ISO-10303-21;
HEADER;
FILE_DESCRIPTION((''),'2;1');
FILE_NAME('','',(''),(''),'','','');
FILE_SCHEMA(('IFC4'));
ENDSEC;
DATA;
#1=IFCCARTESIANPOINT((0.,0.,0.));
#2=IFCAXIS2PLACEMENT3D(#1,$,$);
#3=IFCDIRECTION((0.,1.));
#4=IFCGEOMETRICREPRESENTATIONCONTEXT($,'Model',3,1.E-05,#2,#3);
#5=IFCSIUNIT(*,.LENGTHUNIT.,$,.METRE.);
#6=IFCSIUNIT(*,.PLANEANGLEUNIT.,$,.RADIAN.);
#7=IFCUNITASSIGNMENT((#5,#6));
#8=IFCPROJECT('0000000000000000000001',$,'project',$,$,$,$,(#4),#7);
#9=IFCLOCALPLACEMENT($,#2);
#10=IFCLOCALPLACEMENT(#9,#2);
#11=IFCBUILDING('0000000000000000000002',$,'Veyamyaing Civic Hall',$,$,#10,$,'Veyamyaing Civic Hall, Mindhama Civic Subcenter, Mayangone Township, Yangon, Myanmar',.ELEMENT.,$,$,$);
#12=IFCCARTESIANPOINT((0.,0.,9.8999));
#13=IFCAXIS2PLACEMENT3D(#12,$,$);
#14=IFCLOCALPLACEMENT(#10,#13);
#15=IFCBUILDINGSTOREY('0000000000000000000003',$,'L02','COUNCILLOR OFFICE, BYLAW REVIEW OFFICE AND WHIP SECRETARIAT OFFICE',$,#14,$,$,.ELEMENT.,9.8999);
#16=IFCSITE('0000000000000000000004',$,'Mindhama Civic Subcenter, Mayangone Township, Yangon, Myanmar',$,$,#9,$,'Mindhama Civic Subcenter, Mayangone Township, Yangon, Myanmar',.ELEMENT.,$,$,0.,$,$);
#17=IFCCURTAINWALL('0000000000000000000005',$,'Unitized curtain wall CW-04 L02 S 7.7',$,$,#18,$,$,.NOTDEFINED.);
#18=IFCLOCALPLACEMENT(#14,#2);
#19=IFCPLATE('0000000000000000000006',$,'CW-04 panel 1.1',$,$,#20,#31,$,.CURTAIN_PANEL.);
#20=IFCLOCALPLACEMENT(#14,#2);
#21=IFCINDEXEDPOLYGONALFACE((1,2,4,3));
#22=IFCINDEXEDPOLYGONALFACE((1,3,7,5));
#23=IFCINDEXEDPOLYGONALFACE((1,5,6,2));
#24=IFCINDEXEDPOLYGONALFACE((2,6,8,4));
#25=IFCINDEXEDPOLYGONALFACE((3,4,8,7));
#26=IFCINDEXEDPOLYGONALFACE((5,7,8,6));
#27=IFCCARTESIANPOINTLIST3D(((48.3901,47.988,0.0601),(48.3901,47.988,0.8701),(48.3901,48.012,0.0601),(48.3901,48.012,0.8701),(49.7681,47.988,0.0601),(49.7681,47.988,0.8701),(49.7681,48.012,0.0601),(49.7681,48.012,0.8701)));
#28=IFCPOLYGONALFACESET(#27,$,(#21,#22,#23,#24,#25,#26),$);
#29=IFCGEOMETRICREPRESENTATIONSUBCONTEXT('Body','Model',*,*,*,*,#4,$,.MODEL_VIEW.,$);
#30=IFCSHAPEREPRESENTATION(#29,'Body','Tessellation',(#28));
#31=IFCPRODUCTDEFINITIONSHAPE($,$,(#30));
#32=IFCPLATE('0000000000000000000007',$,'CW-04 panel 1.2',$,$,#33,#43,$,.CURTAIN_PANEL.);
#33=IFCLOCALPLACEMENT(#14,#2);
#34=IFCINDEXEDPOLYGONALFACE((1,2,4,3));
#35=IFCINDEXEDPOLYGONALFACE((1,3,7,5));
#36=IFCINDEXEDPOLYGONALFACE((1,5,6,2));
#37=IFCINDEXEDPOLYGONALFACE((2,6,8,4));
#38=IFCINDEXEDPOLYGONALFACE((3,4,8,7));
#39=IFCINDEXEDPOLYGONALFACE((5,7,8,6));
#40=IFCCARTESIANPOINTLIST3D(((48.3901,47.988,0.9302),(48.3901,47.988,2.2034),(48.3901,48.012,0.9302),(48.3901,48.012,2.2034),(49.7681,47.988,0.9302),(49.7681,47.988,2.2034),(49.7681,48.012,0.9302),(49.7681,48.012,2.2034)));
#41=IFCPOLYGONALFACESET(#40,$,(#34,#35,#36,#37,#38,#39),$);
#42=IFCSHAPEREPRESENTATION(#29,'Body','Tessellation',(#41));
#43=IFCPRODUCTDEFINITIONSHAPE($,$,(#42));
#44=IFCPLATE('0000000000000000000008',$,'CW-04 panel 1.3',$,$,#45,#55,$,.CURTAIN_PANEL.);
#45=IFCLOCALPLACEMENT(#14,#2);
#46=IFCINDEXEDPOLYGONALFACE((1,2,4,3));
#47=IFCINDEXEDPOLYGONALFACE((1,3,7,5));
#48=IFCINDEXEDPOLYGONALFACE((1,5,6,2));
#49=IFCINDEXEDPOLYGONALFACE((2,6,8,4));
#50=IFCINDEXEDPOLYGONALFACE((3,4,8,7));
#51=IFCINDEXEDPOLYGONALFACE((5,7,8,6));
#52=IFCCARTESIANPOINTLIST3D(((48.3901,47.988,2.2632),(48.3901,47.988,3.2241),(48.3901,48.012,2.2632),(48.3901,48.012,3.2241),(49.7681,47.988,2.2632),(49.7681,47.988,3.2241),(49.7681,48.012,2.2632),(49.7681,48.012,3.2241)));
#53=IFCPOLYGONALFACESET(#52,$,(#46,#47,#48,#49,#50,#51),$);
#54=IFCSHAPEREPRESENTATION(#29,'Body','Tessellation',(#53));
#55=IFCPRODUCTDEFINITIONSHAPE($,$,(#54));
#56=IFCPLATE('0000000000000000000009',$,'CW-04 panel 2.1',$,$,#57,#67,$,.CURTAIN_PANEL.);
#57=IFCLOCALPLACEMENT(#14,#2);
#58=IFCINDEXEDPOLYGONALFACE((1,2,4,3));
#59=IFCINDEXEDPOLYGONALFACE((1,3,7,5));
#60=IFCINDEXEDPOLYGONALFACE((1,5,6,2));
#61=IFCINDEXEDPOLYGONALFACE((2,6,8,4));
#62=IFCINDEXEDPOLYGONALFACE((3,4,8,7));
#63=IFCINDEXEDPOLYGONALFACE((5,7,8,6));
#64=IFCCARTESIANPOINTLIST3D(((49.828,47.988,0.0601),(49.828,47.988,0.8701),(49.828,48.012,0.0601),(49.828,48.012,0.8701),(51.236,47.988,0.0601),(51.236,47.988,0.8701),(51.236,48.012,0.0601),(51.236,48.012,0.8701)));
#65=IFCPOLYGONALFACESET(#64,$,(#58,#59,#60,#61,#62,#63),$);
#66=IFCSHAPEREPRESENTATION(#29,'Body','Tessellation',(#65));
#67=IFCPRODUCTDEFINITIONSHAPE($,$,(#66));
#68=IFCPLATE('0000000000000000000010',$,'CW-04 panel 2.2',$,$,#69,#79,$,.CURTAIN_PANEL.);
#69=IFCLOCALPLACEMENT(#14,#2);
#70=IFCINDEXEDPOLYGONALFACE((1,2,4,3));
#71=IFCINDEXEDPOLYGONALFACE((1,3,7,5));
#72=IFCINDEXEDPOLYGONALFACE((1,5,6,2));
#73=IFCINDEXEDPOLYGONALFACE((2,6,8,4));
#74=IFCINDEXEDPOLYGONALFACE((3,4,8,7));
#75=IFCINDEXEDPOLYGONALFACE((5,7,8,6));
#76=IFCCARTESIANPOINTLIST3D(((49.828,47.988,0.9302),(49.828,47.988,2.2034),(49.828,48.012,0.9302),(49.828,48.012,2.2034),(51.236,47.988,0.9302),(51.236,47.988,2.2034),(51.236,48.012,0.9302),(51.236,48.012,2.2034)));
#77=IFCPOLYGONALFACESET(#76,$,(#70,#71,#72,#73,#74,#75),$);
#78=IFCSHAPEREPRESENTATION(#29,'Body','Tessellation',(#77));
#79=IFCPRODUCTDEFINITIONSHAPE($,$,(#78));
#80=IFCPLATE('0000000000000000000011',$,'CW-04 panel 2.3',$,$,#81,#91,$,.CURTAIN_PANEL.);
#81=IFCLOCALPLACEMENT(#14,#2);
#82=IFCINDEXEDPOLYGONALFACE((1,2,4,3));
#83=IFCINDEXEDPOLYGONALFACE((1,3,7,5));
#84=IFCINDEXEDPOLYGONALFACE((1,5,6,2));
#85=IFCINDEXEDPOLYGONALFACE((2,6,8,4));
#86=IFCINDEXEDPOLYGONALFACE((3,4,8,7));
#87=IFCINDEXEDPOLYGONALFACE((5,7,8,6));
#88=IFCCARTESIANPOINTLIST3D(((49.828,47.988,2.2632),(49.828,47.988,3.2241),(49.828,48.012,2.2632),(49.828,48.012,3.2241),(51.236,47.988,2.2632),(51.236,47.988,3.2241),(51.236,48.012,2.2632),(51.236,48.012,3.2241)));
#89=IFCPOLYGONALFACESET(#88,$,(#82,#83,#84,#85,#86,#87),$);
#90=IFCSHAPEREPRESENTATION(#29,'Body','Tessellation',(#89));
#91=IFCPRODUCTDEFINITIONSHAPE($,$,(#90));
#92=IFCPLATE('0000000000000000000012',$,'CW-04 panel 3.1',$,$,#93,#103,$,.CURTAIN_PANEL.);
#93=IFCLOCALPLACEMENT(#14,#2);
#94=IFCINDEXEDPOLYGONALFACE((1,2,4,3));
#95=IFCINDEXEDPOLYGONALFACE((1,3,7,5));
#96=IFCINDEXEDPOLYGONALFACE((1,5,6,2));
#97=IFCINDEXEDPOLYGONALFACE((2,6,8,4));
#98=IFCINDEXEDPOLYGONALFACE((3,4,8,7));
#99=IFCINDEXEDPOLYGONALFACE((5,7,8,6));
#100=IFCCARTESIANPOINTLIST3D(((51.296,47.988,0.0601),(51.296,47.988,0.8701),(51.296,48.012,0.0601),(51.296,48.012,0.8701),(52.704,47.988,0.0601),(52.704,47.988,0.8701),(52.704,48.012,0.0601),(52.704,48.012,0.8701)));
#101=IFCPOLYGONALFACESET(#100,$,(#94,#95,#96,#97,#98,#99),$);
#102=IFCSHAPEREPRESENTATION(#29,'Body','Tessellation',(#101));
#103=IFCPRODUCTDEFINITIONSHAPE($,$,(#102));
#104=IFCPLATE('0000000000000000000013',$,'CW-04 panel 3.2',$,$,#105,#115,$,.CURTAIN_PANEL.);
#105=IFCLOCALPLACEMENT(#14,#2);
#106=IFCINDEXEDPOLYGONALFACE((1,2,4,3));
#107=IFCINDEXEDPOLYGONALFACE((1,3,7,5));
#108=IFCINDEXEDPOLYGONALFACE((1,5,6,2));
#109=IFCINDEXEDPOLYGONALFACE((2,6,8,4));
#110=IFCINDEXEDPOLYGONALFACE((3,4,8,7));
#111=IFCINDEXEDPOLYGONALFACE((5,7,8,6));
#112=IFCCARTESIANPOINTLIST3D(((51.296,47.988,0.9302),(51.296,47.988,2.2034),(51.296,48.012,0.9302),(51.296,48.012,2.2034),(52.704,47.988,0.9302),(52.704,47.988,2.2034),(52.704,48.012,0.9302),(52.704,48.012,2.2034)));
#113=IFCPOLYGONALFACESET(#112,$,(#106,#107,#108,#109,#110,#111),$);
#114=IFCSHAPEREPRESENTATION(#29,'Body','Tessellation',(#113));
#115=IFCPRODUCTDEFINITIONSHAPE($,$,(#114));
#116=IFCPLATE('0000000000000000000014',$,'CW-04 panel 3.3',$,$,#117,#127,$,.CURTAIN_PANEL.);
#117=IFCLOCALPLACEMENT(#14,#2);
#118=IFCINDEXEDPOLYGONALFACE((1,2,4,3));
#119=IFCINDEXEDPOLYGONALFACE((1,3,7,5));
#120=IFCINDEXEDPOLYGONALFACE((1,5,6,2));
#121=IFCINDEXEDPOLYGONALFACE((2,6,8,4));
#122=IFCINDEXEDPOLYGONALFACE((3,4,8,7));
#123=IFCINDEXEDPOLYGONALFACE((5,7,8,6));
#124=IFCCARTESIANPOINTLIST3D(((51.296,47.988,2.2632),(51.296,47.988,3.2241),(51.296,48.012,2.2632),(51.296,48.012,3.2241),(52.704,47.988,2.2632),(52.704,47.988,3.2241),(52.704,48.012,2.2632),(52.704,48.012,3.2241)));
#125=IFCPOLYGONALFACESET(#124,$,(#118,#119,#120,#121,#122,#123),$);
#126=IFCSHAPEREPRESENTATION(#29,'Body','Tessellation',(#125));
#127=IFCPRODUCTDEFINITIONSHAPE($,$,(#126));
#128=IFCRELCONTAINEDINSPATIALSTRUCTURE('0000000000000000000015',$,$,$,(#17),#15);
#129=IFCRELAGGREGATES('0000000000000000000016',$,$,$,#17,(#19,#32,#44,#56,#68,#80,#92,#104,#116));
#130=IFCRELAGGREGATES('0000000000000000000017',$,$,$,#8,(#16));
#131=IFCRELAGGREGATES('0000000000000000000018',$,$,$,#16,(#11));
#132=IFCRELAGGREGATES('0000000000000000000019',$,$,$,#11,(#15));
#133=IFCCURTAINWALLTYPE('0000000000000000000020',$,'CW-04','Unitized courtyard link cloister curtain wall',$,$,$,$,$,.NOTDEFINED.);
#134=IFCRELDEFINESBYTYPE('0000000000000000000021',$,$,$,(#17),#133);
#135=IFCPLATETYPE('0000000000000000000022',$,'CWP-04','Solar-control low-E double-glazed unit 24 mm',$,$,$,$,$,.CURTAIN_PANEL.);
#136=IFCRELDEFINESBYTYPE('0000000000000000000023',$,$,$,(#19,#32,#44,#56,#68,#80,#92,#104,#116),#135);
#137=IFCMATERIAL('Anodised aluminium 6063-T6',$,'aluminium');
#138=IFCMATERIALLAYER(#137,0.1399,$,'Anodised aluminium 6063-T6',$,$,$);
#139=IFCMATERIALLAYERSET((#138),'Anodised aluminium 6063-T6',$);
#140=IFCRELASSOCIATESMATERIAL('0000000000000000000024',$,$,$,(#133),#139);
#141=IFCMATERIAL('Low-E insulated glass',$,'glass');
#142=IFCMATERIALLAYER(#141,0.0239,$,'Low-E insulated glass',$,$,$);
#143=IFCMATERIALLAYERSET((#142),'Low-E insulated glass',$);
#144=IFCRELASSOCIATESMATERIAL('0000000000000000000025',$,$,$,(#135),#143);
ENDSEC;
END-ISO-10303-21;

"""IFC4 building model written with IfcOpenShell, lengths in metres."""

from ifc_helpers import new_model, si_unit, direction, frame, origin, origin_2d, place, context, subcontext, project, spatial, rectangle, extrude, material, layer, layer_set, type_object, element, aggregate, save


model = new_model("IFC4")

# Units and contexts
model_context = context("Model", 3, precision=1e-05, world=origin(), true_north=direction((0.0, 1.0)))
body_context = subcontext(model_context, "Body", "Model", "MODEL_VIEW")
ifc_project = project(units=[si_unit("LENGTHUNIT", "METRE"), si_unit("PLANEANGLEUNIT", "RADIAN")], contexts=[model_context])

# Site, building, storey
site_placement = place(None, origin())
site = spatial("IfcSite", under=ifc_project, at=site_placement, Name="Mindhama Civic Subcenter, Mayangone Township, Yangon, Myanmar", LongName="Mindhama Civic Subcenter, Mayangone Township, Yangon, Myanmar", CompositionType="ELEMENT", RefElevation=0.0)
building_placement = place(site_placement, origin())
building = spatial("IfcBuilding", under=site, at=building_placement, Name="Veyamyaing Civic Hall", LongName="Veyamyaing Civic Hall, Mindhama Civic Subcenter, Mayangone Township, Yangon, Myanmar", CompositionType="ELEMENT")
storey_placement = place(building_placement, frame((0.0, 0.0, 9.8999)))
storey = spatial("IfcBuildingStorey", under=building, at=storey_placement, Name="L02", Description="COUNCILLOR OFFICE, BYLAW REVIEW OFFICE AND WHIP SECRETARIAT OFFICE", CompositionType="ELEMENT", Elevation=9.8999)

# Curtain wall, plates
ifc_material_1 = material(Name="Anodised aluminium 6063-T6", Category="aluminium")
ifc_layer_1 = layer(ifc_material_1, 0.1399, Name="Anodised aluminium 6063-T6")
ifc_layer_set_1 = layer_set([ifc_layer_1], Name="Anodised aluminium 6063-T6")
curtain_wall_type = type_object("IfcCurtainWallType", Name="CW-04", Description="Unitized courtyard link cloister curtain wall", PredefinedType="NOTDEFINED", material=ifc_layer_set_1)
curtain_wall_placement = place(storey_placement, origin())
curtain_wall = element("IfcCurtainWall", 1, at=curtain_wall_placement, inside=storey, type_object=curtain_wall_type, Name="Unitized curtain wall CW-04 L02 S 7.7", PredefinedType="NOTDEFINED")
ifc_material_2 = material(Name="Low-E insulated glass", Category="glass")
ifc_layer_2 = layer(ifc_material_2, 0.0239, Name="Low-E insulated glass")
ifc_layer_set_2 = layer_set([ifc_layer_2], Name="Low-E insulated glass")
plate_type = type_object("IfcPlateType", Name="CWP-04", Description="Solar-control low-E double-glazed unit 24 mm", PredefinedType="CURTAIN_PANEL", material=ifc_layer_set_2)
plate_1_placement = place(storey_placement, frame((49.0791, 48.0, 0.0601), z_axis=(0.0, 0.0, 1.0), x_axis=(1.0, 0.0, 0.0)))
plate_1 = element("IfcPlate", 2, at=plate_1_placement, type_object=plate_type, Name="CW-04 panel 1.1", PredefinedType="CURTAIN_PANEL", context=body_context, shape_type="SweptSolid", body=[
    extrude(rectangle(XDim=1.3779, YDim=0.0239, at=origin_2d()), origin(), (0.0, 0.0, 1.0), 0.8101),
])
plate_2_placement = place(storey_placement, frame((49.0791, 48.0, 0.9302), z_axis=(0.0, 0.0, 1.0), x_axis=(1.0, 0.0, 0.0)))
plate_2 = element("IfcPlate", 3, at=plate_2_placement, type_object=plate_type, Name="CW-04 panel 1.2", PredefinedType="CURTAIN_PANEL", context=body_context, shape_type="SweptSolid", body=[
    extrude(rectangle(XDim=1.3779, YDim=0.0239, at=origin_2d()), origin(), (0.0, 0.0, 1.0), 1.2732),
])
plate_3_placement = place(storey_placement, frame((49.0791, 48.0, 2.2632), z_axis=(0.0, 0.0, 1.0), x_axis=(1.0, 0.0, 0.0)))
plate_3 = element("IfcPlate", 4, at=plate_3_placement, type_object=plate_type, Name="CW-04 panel 1.3", PredefinedType="CURTAIN_PANEL", context=body_context, shape_type="SweptSolid", body=[
    extrude(rectangle(XDim=1.3779, YDim=0.0239, at=origin_2d()), origin(), (0.0, 0.0, 1.0), 0.9609),
])
plate_4_placement = place(storey_placement, frame((50.532, 48.0, 0.0601), z_axis=(0.0, 0.0, 1.0), x_axis=(1.0, 0.0, 0.0)))
plate_4 = element("IfcPlate", 5, at=plate_4_placement, type_object=plate_type, Name="CW-04 panel 2.1", PredefinedType="CURTAIN_PANEL", context=body_context, shape_type="SweptSolid", body=[
    extrude(rectangle(XDim=1.408, YDim=0.0239, at=origin_2d()), origin(), (0.0, 0.0, 1.0), 0.8101),
])
plate_5_placement = place(storey_placement, frame((50.532, 48.0, 0.9302), z_axis=(0.0, 0.0, 1.0), x_axis=(1.0, 0.0, 0.0)))
plate_5 = element("IfcPlate", 6, at=plate_5_placement, type_object=plate_type, Name="CW-04 panel 2.2", PredefinedType="CURTAIN_PANEL", context=body_context, shape_type="SweptSolid", body=[
    extrude(rectangle(XDim=1.408, YDim=0.0239, at=origin_2d()), origin(), (0.0, 0.0, 1.0), 1.2732),
])
plate_6_placement = place(storey_placement, frame((50.532, 48.0, 2.2632), z_axis=(0.0, 0.0, 1.0), x_axis=(1.0, 0.0, 0.0)))
plate_6 = element("IfcPlate", 7, at=plate_6_placement, type_object=plate_type, Name="CW-04 panel 2.3", PredefinedType="CURTAIN_PANEL", context=body_context, shape_type="SweptSolid", body=[
    extrude(rectangle(XDim=1.408, YDim=0.0239, at=origin_2d()), origin(), (0.0, 0.0, 1.0), 0.9609),
])
plate_7_placement = place(storey_placement, frame((52.0, 48.0, 0.0601), z_axis=(0.0, 0.0, 1.0), x_axis=(1.0, 0.0, 0.0)))
plate_7 = element("IfcPlate", 8, at=plate_7_placement, type_object=plate_type, Name="CW-04 panel 3.1", PredefinedType="CURTAIN_PANEL", context=body_context, shape_type="SweptSolid", body=[
    extrude(rectangle(XDim=1.408, YDim=0.0239, at=origin_2d()), origin(), (0.0, 0.0, 1.0), 0.8101),
])
plate_8_placement = place(storey_placement, frame((52.0, 48.0, 0.9302), z_axis=(0.0, 0.0, 1.0), x_axis=(1.0, 0.0, 0.0)))
plate_8 = element("IfcPlate", 9, at=plate_8_placement, type_object=plate_type, Name="CW-04 panel 3.2", PredefinedType="CURTAIN_PANEL", context=body_context, shape_type="SweptSolid", body=[
    extrude(rectangle(XDim=1.408, YDim=0.0239, at=origin_2d()), origin(), (0.0, 0.0, 1.0), 1.2732),
])
plate_9_placement = place(storey_placement, frame((52.0, 48.0, 2.2632), z_axis=(0.0, 0.0, 1.0), x_axis=(1.0, 0.0, 0.0)))
plate_9 = element("IfcPlate", 10, at=plate_9_placement, type_object=plate_type, Name="CW-04 panel 3.3", PredefinedType="CURTAIN_PANEL", context=body_context, shape_type="SweptSolid", body=[
    extrude(rectangle(XDim=1.408, YDim=0.0239, at=origin_2d()), origin(), (0.0, 0.0, 1.0), 0.9609),
])
aggregate(curtain_wall, [plate_1, plate_2, plate_3, plate_4, plate_5, plate_6, plate_7, plate_8, plate_9])

save(model, "model.ifc")
